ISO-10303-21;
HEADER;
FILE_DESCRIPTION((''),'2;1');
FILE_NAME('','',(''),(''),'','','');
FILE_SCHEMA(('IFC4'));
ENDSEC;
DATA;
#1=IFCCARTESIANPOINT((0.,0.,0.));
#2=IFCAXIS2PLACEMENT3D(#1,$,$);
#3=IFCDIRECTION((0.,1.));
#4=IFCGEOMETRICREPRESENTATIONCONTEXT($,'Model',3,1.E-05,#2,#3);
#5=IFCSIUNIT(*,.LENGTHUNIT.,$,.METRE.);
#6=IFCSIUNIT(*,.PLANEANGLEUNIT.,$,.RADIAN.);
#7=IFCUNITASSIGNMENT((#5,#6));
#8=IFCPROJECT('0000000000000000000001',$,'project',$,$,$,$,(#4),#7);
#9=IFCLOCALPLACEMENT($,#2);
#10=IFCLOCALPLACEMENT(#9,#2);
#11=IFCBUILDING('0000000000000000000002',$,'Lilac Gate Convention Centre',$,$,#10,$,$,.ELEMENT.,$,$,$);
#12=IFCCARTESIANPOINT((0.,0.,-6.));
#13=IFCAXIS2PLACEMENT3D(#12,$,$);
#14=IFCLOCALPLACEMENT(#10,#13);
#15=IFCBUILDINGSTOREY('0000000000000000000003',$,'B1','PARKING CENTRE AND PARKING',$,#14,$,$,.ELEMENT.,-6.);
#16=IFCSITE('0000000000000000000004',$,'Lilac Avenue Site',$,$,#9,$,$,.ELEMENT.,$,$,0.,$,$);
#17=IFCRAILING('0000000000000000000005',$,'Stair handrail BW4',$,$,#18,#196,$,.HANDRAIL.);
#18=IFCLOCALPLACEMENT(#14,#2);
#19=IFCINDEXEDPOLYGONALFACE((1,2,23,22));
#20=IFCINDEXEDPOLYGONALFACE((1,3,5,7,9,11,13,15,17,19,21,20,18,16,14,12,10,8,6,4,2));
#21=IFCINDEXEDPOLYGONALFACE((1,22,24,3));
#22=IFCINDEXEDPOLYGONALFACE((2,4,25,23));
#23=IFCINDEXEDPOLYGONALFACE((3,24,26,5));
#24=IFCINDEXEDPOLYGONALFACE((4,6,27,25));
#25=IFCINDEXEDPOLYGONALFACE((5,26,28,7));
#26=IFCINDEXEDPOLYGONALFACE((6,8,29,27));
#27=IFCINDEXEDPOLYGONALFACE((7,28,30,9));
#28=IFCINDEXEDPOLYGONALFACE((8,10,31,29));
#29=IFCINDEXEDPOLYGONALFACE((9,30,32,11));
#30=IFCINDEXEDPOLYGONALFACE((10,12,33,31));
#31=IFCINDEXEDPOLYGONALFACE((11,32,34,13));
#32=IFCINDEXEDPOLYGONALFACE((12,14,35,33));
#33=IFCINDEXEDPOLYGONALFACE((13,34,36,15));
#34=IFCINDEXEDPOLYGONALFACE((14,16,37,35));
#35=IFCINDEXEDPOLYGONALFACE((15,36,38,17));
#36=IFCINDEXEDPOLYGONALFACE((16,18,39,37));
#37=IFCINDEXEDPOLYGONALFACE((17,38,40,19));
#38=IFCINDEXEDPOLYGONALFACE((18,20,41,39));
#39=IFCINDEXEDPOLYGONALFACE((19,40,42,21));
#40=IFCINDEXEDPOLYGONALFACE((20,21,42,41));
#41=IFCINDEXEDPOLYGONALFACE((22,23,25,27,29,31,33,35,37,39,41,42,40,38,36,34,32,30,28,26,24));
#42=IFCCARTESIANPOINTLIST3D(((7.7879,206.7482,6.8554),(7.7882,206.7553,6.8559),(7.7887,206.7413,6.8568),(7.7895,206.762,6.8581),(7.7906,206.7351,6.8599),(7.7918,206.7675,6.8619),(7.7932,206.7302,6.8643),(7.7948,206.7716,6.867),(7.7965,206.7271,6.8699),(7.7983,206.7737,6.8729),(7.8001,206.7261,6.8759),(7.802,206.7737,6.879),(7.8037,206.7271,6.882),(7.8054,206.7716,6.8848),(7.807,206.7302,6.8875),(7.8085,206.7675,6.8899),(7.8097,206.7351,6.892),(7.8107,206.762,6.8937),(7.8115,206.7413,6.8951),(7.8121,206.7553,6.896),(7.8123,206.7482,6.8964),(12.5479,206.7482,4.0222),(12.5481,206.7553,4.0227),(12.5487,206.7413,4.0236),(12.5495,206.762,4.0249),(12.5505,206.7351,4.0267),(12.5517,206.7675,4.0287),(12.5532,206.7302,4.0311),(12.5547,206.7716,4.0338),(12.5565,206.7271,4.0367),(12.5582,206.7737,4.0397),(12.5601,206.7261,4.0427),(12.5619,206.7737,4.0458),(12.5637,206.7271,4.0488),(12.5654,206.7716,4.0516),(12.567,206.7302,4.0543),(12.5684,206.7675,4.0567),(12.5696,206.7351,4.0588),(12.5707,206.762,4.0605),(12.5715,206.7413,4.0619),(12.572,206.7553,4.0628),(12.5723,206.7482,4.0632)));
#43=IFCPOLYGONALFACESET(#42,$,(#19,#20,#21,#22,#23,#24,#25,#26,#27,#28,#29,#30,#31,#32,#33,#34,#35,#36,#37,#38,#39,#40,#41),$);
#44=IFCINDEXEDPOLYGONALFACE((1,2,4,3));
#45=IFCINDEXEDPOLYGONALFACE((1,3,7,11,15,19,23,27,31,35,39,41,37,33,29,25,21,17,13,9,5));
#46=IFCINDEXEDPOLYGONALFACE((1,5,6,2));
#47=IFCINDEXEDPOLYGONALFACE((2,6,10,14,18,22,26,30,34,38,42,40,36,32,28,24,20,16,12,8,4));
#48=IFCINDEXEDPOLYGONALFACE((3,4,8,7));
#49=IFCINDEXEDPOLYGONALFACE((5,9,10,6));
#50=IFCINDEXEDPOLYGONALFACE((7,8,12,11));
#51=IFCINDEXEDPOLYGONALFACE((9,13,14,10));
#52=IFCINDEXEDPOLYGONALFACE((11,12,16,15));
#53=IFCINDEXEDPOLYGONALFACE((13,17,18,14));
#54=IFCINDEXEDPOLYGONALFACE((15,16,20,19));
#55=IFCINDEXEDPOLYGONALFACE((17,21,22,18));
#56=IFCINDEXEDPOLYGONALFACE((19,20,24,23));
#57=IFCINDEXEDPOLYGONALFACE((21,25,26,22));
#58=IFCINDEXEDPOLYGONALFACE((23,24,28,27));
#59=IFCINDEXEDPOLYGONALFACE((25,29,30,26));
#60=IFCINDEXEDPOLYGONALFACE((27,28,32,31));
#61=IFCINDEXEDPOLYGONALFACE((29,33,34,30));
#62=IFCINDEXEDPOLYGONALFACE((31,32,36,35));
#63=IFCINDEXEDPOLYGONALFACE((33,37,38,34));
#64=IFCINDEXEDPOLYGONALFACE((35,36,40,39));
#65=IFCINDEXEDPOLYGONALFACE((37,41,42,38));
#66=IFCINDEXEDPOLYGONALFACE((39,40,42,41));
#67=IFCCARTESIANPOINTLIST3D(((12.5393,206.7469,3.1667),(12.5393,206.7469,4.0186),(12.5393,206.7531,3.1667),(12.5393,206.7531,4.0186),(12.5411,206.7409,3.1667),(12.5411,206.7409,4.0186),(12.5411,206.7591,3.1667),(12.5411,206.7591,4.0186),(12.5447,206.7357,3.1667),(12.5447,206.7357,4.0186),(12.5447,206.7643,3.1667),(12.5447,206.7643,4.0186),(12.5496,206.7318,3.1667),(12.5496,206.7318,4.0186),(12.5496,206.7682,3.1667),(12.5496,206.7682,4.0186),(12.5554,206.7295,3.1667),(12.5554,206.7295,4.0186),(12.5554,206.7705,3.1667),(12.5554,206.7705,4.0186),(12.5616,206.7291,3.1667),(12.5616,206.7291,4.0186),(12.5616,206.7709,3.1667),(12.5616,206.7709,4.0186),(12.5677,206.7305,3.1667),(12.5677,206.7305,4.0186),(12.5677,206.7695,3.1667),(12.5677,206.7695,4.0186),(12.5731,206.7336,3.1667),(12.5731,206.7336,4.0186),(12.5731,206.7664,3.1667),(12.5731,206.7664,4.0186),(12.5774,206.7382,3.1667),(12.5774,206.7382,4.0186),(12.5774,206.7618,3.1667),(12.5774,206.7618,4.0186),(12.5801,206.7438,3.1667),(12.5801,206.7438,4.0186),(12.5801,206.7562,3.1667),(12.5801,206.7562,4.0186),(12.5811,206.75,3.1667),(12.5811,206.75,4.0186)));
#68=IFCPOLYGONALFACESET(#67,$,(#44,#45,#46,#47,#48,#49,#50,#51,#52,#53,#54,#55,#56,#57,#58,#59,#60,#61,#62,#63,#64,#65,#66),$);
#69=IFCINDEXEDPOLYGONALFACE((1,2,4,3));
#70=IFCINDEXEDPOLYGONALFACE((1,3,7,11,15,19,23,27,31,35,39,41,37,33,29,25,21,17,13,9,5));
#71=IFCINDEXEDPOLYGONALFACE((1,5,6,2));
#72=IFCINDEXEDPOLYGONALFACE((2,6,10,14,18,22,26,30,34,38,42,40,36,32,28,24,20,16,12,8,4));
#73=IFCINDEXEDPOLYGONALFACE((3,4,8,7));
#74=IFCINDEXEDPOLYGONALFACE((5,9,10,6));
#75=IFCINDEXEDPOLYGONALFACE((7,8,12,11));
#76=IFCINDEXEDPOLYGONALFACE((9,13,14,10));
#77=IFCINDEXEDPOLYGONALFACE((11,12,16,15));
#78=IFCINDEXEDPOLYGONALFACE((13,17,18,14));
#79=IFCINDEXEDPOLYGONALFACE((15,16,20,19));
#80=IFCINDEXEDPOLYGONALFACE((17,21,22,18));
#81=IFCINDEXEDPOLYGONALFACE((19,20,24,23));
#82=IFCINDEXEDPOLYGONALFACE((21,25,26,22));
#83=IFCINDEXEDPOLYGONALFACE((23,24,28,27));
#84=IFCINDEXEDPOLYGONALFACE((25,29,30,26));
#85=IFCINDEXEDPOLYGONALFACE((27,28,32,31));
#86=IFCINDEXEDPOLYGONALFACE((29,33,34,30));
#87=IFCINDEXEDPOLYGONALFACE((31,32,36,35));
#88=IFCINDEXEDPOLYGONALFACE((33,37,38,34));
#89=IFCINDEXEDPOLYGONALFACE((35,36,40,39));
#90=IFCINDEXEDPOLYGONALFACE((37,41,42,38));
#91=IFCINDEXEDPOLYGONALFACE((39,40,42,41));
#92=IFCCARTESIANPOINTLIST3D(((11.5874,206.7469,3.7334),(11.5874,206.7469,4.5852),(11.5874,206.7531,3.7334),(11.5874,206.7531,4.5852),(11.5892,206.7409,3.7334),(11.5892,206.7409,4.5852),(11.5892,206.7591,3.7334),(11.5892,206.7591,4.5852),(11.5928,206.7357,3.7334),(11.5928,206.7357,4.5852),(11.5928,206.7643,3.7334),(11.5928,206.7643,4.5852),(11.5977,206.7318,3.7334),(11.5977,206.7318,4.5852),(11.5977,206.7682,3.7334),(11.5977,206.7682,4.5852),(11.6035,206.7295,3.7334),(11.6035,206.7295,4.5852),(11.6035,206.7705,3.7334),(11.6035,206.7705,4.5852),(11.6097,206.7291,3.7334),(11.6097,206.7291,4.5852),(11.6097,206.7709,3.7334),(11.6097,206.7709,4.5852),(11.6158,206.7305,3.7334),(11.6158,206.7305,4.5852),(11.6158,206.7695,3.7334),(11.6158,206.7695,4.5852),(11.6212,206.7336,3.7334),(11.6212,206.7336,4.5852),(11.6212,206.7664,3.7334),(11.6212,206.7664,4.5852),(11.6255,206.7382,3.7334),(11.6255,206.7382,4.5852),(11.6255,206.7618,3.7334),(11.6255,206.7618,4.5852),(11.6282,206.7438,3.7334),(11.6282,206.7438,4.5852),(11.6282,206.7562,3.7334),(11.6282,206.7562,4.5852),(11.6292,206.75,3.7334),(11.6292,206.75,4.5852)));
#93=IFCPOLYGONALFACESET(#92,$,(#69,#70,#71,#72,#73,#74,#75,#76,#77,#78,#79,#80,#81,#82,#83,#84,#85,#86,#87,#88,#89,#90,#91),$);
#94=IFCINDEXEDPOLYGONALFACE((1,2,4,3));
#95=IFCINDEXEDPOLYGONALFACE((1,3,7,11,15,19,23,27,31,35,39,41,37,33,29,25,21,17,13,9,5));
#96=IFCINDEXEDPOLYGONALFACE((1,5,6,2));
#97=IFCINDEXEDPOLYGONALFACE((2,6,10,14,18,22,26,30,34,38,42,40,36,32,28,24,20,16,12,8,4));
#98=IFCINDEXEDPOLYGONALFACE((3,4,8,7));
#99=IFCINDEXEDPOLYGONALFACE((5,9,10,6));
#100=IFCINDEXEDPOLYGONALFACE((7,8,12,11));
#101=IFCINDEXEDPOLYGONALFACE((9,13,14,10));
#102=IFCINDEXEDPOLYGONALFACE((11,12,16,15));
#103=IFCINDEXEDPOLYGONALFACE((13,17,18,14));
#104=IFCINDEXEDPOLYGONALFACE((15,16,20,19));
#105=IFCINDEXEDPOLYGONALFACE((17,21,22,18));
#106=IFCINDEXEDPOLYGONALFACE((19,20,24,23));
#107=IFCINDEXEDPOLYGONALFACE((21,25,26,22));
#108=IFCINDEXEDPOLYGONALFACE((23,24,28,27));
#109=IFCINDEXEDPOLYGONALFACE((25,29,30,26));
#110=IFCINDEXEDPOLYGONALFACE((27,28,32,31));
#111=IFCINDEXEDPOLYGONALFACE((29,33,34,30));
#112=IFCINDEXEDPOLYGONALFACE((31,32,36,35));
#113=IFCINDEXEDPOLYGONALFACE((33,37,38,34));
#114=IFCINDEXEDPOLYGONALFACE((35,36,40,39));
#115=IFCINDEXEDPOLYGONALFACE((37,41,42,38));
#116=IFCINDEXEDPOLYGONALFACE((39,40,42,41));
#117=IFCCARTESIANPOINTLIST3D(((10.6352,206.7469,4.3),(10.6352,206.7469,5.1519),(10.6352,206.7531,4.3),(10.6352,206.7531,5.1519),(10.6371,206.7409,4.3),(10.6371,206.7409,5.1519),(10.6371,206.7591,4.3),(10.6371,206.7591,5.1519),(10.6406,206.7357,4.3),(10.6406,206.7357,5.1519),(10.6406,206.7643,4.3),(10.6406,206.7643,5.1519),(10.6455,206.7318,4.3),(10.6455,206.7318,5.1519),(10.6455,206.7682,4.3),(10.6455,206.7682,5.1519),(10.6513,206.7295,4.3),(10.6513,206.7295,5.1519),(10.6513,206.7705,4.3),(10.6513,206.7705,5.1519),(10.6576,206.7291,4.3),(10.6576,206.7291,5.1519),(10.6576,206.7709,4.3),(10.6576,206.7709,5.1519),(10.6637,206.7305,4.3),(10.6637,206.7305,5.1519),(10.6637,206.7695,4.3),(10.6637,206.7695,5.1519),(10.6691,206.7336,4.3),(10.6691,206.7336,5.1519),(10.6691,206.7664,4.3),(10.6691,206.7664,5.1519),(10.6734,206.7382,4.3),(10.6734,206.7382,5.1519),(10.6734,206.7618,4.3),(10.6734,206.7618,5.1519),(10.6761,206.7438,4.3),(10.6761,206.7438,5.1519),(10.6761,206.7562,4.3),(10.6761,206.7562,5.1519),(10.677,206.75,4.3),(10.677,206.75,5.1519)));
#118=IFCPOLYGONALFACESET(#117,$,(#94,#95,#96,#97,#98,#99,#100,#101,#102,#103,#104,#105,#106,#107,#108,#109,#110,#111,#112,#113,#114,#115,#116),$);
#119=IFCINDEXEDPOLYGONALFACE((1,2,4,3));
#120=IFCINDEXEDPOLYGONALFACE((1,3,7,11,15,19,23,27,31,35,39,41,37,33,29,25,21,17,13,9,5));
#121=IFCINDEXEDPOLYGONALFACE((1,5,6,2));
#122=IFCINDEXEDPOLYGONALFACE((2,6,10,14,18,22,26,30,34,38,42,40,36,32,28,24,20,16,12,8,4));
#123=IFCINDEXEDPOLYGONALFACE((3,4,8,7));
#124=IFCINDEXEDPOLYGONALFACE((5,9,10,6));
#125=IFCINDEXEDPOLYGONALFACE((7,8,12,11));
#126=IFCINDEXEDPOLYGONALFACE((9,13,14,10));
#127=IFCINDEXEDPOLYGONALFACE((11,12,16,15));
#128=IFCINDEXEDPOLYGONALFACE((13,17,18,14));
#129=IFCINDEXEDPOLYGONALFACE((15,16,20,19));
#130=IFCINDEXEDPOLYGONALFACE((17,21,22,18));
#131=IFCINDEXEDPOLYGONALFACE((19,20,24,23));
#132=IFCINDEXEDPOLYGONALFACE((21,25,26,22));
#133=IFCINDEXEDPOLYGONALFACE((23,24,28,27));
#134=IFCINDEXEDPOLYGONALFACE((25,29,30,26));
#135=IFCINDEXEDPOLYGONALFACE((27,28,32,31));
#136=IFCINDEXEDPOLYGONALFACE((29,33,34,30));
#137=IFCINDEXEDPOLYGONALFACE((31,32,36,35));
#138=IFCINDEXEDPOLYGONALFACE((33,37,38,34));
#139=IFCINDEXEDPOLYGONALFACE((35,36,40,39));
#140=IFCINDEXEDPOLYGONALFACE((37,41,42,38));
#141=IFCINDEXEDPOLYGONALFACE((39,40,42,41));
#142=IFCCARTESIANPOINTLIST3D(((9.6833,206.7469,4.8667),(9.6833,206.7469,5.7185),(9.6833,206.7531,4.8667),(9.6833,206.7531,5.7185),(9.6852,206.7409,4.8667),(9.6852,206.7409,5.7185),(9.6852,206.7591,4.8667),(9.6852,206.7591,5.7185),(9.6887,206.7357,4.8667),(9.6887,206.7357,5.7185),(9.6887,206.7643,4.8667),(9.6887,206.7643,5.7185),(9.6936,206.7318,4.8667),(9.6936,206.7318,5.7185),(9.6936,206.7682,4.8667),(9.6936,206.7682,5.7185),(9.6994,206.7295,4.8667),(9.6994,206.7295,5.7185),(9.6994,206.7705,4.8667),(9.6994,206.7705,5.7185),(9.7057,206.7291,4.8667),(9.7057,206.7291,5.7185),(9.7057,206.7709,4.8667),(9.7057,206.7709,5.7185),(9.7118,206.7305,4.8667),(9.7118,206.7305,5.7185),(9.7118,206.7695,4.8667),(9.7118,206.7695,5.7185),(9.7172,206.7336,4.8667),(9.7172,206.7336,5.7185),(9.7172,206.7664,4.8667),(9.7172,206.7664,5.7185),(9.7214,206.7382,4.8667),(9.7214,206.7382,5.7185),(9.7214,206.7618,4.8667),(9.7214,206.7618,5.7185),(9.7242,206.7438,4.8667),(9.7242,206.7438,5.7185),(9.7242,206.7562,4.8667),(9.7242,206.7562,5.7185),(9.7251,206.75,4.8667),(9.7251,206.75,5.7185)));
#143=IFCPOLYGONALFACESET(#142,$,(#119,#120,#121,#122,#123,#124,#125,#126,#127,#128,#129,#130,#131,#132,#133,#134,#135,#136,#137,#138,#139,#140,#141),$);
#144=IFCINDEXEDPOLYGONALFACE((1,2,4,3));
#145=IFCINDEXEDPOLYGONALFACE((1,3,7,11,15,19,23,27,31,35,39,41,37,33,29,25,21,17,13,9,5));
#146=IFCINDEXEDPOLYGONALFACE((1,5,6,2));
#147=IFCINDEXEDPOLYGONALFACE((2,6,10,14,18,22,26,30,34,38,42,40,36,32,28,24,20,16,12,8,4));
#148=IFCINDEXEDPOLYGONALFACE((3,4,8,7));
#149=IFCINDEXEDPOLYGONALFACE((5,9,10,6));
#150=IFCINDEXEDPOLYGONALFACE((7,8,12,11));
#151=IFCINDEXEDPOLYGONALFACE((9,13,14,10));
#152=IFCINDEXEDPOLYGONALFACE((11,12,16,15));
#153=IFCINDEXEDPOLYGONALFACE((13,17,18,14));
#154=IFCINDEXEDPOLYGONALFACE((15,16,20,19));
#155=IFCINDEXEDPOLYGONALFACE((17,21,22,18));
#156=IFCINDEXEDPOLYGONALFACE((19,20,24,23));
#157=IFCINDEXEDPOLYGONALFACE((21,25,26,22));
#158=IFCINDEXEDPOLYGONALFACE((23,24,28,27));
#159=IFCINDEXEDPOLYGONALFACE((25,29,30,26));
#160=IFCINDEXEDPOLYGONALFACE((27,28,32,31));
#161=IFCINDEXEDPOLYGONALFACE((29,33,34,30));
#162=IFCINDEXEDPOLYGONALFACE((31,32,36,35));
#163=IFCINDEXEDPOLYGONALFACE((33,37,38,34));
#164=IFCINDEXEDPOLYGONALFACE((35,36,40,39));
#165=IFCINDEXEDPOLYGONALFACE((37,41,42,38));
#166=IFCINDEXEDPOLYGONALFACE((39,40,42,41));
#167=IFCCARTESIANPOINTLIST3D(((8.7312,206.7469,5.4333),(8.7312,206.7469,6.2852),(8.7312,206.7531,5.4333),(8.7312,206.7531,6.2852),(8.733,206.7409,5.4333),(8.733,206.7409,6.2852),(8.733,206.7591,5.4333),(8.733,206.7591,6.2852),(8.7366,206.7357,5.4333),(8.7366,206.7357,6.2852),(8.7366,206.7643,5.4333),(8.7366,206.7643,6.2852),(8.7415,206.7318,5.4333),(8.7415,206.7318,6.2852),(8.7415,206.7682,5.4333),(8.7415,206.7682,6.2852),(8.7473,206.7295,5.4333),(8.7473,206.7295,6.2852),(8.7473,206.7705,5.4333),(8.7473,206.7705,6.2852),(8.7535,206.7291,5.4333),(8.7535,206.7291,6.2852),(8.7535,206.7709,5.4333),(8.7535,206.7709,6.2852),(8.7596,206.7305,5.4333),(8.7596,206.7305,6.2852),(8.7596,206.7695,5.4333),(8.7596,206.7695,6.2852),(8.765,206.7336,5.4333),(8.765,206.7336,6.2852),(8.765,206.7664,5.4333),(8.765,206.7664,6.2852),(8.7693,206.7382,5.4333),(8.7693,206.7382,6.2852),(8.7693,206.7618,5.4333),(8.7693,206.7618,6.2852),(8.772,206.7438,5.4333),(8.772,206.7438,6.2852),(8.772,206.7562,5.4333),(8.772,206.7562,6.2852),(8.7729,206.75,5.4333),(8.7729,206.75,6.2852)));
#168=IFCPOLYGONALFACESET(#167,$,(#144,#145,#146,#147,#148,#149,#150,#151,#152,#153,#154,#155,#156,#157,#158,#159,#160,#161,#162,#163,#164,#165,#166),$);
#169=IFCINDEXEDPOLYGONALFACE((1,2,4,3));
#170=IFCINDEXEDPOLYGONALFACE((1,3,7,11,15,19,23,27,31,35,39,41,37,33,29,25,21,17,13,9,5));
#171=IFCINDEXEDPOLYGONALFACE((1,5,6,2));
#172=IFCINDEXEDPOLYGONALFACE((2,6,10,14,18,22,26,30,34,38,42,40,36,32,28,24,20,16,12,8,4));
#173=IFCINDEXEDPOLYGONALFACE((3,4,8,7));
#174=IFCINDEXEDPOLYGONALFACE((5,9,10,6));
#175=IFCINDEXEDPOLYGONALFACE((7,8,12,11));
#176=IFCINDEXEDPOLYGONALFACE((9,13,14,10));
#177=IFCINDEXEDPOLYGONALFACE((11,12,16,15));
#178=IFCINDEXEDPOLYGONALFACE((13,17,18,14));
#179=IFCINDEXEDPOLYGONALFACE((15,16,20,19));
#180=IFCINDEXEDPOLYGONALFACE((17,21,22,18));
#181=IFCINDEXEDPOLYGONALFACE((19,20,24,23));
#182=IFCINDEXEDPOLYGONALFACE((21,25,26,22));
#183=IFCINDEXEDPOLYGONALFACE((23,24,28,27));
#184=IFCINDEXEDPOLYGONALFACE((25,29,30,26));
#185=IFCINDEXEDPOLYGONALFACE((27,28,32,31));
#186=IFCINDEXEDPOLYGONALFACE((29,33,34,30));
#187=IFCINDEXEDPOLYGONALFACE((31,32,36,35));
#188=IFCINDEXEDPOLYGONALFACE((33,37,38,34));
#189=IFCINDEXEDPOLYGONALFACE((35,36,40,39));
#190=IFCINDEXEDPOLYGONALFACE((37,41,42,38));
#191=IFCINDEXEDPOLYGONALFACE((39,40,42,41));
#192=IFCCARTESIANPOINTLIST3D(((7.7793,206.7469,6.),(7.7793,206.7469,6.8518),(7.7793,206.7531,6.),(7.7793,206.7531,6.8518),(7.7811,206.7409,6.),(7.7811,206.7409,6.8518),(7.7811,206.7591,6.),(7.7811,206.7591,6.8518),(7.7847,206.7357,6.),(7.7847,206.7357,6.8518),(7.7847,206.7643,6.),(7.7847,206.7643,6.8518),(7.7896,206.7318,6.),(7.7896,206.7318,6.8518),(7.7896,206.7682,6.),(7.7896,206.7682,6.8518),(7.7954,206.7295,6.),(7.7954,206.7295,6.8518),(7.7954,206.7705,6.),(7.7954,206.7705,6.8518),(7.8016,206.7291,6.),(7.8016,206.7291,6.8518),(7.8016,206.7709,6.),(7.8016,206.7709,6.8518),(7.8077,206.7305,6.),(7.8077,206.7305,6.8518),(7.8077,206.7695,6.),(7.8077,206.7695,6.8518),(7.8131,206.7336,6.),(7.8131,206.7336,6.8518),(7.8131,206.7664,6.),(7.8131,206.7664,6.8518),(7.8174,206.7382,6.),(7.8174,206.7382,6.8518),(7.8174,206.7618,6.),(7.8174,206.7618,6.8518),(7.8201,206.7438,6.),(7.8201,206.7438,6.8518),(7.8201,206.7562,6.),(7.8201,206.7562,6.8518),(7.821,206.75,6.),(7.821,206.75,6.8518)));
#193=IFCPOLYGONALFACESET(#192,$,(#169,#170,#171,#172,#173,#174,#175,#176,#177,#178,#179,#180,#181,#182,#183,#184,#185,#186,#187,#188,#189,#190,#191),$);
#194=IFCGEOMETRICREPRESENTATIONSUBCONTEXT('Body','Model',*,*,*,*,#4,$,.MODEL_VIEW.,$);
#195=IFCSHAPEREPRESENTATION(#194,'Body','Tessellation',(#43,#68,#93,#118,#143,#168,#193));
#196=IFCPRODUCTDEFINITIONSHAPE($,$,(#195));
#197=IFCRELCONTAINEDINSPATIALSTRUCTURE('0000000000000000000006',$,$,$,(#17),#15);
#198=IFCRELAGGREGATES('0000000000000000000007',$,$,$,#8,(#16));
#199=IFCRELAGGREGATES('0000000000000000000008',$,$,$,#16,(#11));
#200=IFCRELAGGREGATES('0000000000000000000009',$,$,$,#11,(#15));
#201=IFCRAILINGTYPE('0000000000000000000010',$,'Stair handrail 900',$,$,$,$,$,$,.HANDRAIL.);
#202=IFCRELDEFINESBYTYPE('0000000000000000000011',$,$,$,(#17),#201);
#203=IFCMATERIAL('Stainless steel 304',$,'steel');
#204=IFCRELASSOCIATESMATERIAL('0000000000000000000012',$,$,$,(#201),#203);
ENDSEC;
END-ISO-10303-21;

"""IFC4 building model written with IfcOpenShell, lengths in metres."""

from ifc_helpers import new_model, si_unit, direction, frame, origin, origin_2d, place, context, subcontext, project, spatial, circle, extrude, material, type_object, element, save


model = new_model("IFC4")

# Units and contexts
model_context = context("Model", 3, precision=1e-05, world=origin(), true_north=direction((0.0, 1.0)))
body_context = subcontext(model_context, "Body", "Model", "MODEL_VIEW")
ifc_project = project(units=[si_unit("LENGTHUNIT", "METRE"), si_unit("PLANEANGLEUNIT", "RADIAN")], contexts=[model_context])

# Site, building, storey
site_placement = place(None, origin())
site = spatial("IfcSite", under=ifc_project, at=site_placement, Name="Lilac Avenue Site", CompositionType="ELEMENT", RefElevation=0.0)
building_placement = place(site_placement, origin())
building = spatial("IfcBuilding", under=site, at=building_placement, Name="Lilac Gate Convention Centre", CompositionType="ELEMENT")
storey_placement = place(building_placement, frame((0.0, 0.0, -6.0)))
storey = spatial("IfcBuildingStorey", under=building, at=storey_placement, Name="B1", Description="PARKING CENTRE AND PARKING", CompositionType="ELEMENT", Elevation=-6.0)

# Railing
ifc_material_1 = material(Name="Stainless steel 304", Category="steel")
railing_type = type_object("IfcRailingType", Name="Stair handrail 900", PredefinedType="HANDRAIL", material=ifc_material_1)
for number, where, name in (
    (1, (12.5601, 206.75, 3.1667), "Stair handrail BW4"),
):
    element("IfcRailing", number, at=place(storey_placement, frame(where)), inside=storey, type_object=railing_type, Name=name, PredefinedType="HANDRAIL", context=body_context, shape_type="SweptSolid", body=[
        extrude(circle(Radius=0.0239, at=origin_2d()), frame((0.0, 0.0, 0.876), z_axis=(-0.8593, 0.0, 0.511472), x_axis=(0.0, -1.0, 0.0)), (0.0, 0.0, 1.0), 5.5393),
        extrude(circle(Radius=0.021, at=origin_2d()), origin(), (0.0, 0.0, 1.0), 0.8518),
        extrude(circle(Radius=0.021, at=origin_2d()), frame((-0.9519, 0.0, 0.5667)), (0.0, 0.0, 1.0), 0.8518),
        extrude(circle(Radius=0.021, at=origin_2d()), frame((-1.9041, 0.0, 1.1333)), (0.0, 0.0, 1.0), 0.8518),
        extrude(circle(Radius=0.021, at=origin_2d()), frame((-2.856, 0.0, 1.7)), (0.0, 0.0, 1.0), 0.8518),
        extrude(circle(Radius=0.021, at=origin_2d()), frame((-3.8081, 0.0, 2.2666)), (0.0, 0.0, 1.0), 0.8518),
        extrude(circle(Radius=0.021, at=origin_2d()), frame((-4.76, 0.0, 2.8333)), (0.0, 0.0, 1.0), 0.8518),
    ])

save(model, "model.ifc")
